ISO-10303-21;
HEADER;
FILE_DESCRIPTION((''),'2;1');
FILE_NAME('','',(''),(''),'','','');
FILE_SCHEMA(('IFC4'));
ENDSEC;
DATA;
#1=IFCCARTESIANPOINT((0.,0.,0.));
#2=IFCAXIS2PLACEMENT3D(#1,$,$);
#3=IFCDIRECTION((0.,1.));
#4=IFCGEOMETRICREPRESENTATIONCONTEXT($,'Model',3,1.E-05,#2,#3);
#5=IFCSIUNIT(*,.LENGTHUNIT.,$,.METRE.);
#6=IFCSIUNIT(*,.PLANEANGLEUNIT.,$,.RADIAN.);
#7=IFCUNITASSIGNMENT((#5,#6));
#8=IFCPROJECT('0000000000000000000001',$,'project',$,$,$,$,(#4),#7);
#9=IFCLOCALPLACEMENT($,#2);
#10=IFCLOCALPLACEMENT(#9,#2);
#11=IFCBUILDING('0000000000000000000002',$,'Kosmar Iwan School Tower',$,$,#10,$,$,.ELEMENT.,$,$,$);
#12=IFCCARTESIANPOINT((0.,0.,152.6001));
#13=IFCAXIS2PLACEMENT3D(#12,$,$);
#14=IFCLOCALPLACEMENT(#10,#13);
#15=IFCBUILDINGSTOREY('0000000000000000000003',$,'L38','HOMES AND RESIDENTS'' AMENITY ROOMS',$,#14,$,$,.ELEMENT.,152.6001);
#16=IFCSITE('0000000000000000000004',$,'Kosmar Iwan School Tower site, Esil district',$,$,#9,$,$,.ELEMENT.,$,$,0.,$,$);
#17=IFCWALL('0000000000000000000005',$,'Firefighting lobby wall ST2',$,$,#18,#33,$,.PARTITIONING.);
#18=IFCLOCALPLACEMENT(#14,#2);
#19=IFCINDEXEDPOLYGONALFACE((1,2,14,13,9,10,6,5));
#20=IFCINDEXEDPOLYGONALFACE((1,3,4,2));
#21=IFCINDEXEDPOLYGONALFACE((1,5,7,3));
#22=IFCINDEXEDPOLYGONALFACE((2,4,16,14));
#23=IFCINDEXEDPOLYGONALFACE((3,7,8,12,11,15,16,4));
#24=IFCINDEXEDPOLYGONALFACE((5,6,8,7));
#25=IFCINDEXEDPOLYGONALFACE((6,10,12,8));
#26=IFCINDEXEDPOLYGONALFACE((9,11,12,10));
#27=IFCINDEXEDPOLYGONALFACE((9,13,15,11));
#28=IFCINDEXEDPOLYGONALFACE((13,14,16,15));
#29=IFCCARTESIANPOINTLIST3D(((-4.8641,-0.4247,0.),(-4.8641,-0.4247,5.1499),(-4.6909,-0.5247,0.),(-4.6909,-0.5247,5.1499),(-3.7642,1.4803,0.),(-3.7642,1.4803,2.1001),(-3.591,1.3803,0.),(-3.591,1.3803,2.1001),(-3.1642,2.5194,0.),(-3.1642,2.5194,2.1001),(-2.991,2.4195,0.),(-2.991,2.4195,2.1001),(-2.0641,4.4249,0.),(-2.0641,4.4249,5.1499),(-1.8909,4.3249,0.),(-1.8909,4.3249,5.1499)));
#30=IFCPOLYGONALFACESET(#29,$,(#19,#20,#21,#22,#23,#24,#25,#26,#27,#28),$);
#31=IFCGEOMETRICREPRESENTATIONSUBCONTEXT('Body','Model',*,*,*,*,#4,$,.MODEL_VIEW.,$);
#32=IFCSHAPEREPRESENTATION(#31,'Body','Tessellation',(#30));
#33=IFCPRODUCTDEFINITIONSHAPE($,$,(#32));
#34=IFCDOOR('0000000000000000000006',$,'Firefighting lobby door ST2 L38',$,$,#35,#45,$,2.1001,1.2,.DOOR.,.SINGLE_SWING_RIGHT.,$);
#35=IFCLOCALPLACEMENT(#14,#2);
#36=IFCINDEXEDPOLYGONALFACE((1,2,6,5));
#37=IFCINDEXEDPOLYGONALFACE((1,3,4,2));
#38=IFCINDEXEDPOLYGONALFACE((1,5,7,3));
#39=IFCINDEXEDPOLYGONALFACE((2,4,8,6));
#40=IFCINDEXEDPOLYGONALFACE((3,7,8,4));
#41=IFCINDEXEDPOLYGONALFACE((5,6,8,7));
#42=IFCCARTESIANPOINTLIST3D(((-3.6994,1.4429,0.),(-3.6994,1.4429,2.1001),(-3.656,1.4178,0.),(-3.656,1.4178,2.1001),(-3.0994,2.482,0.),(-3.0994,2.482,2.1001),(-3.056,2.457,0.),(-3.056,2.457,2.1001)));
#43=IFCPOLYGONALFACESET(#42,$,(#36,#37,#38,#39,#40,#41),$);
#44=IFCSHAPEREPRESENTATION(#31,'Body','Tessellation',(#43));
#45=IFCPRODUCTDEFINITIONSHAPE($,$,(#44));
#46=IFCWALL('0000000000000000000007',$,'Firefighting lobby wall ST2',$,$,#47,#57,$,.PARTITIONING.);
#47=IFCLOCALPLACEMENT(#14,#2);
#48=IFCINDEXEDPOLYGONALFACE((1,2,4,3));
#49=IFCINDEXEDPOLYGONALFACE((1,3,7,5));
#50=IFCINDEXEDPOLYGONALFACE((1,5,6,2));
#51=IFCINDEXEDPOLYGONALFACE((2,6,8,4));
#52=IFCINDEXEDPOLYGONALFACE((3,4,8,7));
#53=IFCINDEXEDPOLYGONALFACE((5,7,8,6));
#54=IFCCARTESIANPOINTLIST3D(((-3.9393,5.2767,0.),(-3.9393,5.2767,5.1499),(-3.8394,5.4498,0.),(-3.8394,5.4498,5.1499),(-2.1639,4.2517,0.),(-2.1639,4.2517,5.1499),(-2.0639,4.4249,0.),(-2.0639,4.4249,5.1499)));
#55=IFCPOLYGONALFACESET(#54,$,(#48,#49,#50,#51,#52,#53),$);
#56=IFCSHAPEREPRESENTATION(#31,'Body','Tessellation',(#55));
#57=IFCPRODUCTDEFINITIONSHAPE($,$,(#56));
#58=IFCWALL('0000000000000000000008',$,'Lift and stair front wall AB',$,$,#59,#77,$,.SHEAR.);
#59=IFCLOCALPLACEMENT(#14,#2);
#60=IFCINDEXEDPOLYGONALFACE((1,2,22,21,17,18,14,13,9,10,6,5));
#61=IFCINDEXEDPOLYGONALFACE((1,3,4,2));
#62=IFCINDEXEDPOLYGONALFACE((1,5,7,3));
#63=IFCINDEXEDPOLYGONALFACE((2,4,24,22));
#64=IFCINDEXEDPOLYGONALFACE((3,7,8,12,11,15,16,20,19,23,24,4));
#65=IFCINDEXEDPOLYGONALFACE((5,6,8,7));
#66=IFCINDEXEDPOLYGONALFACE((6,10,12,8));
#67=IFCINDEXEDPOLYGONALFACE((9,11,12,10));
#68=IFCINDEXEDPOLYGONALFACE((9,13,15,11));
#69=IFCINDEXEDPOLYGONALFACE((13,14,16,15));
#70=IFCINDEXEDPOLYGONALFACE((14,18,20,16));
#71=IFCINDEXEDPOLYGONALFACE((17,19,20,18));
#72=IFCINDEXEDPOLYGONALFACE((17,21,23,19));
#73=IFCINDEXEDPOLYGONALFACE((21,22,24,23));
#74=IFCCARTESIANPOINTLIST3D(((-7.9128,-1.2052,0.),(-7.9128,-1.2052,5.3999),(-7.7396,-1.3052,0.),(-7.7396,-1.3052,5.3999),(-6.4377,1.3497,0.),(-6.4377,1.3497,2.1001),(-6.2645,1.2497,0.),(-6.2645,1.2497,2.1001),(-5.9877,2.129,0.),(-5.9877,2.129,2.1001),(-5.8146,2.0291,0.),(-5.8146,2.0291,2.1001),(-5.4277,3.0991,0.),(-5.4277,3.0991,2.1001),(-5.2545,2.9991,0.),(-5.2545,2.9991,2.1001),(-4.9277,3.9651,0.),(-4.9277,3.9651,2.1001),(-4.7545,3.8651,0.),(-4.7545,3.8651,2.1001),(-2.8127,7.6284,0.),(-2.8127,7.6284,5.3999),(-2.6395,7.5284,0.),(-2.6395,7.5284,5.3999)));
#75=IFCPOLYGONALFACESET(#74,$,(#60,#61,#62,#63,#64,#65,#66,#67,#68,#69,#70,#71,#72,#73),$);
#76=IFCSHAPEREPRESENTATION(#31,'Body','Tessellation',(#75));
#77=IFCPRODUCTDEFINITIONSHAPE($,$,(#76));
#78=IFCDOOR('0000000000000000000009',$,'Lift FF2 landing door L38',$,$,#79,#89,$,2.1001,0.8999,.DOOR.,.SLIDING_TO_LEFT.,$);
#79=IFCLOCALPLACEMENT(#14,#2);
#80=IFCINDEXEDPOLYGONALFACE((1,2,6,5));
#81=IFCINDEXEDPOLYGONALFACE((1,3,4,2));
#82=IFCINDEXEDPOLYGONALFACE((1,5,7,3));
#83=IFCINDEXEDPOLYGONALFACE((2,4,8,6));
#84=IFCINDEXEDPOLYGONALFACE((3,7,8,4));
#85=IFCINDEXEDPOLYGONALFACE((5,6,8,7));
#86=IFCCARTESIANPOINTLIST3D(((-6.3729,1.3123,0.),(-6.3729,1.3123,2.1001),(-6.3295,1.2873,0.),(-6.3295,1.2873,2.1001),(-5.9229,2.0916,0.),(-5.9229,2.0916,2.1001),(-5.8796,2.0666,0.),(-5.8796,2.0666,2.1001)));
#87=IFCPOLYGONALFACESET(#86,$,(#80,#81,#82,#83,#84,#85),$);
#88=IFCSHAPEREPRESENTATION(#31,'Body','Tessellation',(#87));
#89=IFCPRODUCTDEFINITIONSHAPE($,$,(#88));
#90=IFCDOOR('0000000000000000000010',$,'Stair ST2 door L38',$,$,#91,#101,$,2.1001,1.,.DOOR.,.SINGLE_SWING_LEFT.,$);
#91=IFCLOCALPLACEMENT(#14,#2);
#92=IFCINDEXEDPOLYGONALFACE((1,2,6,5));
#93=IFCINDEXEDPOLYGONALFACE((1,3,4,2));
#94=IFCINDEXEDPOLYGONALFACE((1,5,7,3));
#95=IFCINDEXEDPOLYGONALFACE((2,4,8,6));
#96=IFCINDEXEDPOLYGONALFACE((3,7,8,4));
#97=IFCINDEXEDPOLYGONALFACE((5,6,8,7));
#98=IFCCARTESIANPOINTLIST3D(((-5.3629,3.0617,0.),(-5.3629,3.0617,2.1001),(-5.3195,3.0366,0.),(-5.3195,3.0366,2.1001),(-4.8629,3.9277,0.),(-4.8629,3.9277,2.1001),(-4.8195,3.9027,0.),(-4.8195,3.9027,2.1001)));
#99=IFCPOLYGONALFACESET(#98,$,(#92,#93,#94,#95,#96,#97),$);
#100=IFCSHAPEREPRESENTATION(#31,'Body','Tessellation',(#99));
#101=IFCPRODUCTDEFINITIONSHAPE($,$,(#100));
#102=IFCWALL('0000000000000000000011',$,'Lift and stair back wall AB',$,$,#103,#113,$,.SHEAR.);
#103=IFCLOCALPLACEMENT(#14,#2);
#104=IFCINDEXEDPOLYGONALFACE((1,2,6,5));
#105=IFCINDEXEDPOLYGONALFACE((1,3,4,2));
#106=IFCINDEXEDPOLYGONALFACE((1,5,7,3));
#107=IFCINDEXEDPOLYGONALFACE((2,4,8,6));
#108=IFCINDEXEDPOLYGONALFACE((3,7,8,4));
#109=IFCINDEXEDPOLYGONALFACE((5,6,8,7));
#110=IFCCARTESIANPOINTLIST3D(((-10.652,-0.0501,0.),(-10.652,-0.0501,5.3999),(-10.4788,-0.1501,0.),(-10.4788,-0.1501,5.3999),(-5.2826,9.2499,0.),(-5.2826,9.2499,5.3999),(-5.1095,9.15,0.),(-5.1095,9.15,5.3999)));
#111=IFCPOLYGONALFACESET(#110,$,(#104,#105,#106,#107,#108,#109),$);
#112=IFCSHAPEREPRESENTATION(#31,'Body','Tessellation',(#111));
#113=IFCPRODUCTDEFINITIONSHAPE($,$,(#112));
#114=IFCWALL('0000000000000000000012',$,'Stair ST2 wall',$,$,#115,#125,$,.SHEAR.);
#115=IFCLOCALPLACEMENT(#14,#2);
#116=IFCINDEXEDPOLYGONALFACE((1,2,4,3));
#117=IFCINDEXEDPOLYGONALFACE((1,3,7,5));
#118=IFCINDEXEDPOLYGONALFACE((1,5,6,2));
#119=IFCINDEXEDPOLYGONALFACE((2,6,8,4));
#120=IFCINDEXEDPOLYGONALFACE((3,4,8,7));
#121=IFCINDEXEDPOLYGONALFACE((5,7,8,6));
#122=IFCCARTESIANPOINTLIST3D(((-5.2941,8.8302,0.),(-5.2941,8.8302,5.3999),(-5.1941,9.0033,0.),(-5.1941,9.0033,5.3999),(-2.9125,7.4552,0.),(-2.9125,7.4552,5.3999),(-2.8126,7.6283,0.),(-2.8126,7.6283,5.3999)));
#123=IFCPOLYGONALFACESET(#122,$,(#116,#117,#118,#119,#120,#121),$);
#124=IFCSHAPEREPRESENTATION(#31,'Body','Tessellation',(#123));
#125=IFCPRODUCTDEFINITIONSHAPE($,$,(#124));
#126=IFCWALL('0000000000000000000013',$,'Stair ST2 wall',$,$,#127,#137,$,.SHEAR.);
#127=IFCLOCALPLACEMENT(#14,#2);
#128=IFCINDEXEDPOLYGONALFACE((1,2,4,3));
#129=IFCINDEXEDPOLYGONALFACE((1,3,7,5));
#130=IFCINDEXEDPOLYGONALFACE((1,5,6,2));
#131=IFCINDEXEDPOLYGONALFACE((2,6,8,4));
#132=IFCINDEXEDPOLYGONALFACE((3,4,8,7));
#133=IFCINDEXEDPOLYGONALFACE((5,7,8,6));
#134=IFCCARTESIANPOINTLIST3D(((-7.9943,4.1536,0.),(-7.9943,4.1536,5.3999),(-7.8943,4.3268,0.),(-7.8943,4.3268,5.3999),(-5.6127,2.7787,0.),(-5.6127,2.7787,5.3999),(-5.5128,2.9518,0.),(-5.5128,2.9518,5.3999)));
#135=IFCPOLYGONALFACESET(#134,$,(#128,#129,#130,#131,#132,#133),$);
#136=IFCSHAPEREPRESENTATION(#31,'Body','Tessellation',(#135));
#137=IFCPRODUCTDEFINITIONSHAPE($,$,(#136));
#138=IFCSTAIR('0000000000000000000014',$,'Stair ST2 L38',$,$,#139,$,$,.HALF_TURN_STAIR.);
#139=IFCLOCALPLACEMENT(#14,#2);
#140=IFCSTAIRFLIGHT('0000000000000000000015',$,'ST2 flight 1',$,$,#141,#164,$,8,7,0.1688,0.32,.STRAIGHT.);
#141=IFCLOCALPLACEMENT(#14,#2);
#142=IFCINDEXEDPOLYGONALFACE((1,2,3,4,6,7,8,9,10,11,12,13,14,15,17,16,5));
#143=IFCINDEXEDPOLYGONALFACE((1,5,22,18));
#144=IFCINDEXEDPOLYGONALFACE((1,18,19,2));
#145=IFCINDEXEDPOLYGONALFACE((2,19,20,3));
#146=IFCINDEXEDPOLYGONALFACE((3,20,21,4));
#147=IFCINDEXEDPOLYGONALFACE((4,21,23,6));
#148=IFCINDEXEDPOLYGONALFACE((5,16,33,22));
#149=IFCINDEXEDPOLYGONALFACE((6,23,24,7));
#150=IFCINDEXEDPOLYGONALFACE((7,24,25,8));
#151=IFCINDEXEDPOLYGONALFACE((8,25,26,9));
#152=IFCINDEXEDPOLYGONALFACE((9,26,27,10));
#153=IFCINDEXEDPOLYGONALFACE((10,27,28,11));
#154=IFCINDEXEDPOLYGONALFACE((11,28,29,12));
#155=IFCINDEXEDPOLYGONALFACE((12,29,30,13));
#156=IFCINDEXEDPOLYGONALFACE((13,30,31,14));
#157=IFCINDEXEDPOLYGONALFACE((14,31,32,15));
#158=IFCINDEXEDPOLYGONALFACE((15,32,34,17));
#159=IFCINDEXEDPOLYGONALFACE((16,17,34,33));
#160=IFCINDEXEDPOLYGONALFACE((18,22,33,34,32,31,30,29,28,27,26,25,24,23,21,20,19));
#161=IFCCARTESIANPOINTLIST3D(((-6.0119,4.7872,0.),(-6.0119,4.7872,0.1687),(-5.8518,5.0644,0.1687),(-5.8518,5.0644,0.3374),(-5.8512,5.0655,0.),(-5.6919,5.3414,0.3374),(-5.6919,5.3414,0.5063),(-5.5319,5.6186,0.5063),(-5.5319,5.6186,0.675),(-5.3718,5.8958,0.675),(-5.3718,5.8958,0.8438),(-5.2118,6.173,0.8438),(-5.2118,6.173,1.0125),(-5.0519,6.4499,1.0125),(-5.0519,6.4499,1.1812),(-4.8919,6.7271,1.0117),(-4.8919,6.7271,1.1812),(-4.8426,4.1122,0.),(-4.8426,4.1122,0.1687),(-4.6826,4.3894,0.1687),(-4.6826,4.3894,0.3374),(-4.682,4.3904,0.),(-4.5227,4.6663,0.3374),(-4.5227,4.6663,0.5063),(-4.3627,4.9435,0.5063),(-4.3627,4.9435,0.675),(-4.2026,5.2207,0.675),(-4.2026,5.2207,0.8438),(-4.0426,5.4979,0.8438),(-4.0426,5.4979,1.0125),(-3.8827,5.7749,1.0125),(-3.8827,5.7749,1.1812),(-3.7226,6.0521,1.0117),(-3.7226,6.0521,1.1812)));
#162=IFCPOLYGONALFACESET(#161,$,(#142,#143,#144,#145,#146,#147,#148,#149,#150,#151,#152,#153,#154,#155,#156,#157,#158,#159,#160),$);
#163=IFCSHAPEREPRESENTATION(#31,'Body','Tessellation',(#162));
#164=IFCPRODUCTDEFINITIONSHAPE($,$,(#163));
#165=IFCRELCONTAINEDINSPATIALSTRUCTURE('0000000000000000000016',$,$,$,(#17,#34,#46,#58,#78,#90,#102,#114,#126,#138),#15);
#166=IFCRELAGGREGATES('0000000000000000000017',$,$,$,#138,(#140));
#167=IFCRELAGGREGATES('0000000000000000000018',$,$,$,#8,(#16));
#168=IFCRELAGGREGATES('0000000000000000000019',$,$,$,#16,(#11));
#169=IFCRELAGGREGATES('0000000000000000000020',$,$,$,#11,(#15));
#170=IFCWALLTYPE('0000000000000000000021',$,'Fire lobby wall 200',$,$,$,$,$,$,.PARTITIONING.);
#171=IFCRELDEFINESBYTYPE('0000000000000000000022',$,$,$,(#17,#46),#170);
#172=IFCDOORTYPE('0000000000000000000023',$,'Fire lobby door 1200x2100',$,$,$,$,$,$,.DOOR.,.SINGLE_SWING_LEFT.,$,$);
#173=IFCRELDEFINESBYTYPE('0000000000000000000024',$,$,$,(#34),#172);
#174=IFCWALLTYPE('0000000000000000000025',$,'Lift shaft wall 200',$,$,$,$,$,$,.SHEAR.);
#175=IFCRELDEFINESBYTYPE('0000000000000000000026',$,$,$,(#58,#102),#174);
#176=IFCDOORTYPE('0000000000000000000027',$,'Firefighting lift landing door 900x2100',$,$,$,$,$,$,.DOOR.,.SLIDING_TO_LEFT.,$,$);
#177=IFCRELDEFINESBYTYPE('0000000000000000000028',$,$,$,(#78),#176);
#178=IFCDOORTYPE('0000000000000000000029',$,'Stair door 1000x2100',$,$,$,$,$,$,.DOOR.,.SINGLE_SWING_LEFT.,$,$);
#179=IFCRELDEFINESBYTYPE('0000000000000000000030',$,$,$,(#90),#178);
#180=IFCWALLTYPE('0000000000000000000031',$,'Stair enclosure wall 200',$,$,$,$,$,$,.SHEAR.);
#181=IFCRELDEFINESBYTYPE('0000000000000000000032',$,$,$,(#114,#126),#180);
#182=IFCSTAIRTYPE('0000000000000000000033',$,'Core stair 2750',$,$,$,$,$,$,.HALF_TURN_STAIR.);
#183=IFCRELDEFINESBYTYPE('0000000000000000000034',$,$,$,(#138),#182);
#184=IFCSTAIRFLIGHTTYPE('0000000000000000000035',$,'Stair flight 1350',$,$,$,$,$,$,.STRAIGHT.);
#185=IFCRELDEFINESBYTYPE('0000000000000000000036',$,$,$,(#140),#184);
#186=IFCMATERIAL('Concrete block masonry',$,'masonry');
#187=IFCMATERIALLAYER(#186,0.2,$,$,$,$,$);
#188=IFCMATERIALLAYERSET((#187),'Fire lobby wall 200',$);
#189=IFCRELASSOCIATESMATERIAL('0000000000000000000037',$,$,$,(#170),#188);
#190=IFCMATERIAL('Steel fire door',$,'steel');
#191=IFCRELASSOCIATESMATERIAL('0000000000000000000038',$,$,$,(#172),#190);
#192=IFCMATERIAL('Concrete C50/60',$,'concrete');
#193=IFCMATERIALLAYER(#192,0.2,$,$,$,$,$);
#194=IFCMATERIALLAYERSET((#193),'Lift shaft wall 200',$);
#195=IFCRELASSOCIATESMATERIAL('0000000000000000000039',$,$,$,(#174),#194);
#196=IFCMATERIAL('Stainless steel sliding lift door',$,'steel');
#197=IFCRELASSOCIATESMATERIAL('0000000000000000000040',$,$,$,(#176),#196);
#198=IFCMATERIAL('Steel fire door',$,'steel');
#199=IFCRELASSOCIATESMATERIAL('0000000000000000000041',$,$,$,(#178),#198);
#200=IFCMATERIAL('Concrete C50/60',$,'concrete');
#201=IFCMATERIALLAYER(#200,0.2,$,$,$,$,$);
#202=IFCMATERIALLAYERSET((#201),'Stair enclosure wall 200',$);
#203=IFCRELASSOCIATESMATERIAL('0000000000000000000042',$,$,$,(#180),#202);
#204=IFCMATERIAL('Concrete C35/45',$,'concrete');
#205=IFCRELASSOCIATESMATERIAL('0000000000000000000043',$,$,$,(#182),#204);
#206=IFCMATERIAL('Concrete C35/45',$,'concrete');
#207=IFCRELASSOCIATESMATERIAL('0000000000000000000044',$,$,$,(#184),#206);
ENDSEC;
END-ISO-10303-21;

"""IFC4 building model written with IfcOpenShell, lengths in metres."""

from ifc_helpers import new_model, si_unit, direction, frame, frame_2d, origin, place, context, subcontext, project, spatial, polyline, rectangle, outline, extrude, material, layer, layer_set, type_object, element, fill, aggregate, save


model = new_model("IFC4")

# Units and contexts
model_context = context("Model", 3, precision=1e-05, world=origin(), true_north=direction((0.0, 1.0)))
body_context = subcontext(model_context, "Body", "Model", "MODEL_VIEW")
ifc_project = project(units=[si_unit("LENGTHUNIT", "METRE"), si_unit("PLANEANGLEUNIT", "RADIAN")], contexts=[model_context])

# Site, building, storey
site_placement = place(None, origin())
site = spatial("IfcSite", under=ifc_project, at=site_placement, Name="Kosmar Iwan School Tower site, Esil district", CompositionType="ELEMENT", RefElevation=0.0)
building_placement = place(site_placement, origin())
building = spatial("IfcBuilding", under=site, at=building_placement, Name="Kosmar Iwan School Tower", CompositionType="ELEMENT")
storey_placement = place(building_placement, frame((0.0, 0.0, 152.6001)))
storey = spatial("IfcBuildingStorey", under=building, at=storey_placement, Name="L38", Description="HOMES AND RESIDENTS' AMENITY ROOMS", CompositionType="ELEMENT", Elevation=152.6001)

# Wall, opening, door
ifc_material_1 = material(Name="Concrete block masonry", Category="masonry")
ifc_layer_1 = layer(ifc_material_1, 0.2)
ifc_layer_set_1 = layer_set([ifc_layer_1], Name="Fire lobby wall 200")
wall_type_1 = type_object("IfcWallType", Name="Fire lobby wall 200", PredefinedType="PARTITIONING", material=ifc_layer_set_1)
wall_1_placement = place(storey_placement, frame((-1.9775, 4.3748, 0.0), z_axis=(0.0, 0.0, 1.0), x_axis=(-0.500017, -0.866016, 0.0)))
wall_1 = element("IfcWall", 1, at=wall_1_placement, inside=storey, type_object=wall_type_1, Name="Firefighting lobby wall ST2", PredefinedType="PARTITIONING", context=body_context, shape_type="SweptSolid", body=[
    extrude(rectangle(XDim=5.5999, YDim=0.2, at=frame_2d((2.7998, 0.0))), origin(), (0.0, 0.0, 1.0), 5.1499),
])
opening_1_placement = place(wall_1_placement, frame((2.2, 0.0, 0.0)))
opening_1 = element("IfcOpeningElement", 2, at=opening_1_placement, cuts=wall_1, PredefinedType="OPENING", context=body_context, shape_type="SweptSolid", body=[
    extrude(rectangle(XDim=1.2, YDim=2.1001, at=frame_2d((0.6001, 1.05))), frame((0.0, 0.1121, 0.0), z_axis=(0.0, -1.0, 0.0), x_axis=(1.0, 0.0, 0.0)), (0.0, 0.0, 1.0), 0.2239),
])
ifc_material_2 = material(Name="Steel fire door", Category="steel")
door_type_1 = type_object("IfcDoorType", Name="Fire lobby door 1200x2100", OperationType="SINGLE_SWING_LEFT", PredefinedType="DOOR", material=ifc_material_2)
door_1_placement = place(opening_1_placement, origin())
door_1 = element("IfcDoor", 3, at=door_1_placement, inside=storey, type_object=door_type_1, Name="Firefighting lobby door ST2 L38", OperationType="SINGLE_SWING_RIGHT", OverallHeight=2.1001, OverallWidth=1.2, PredefinedType="DOOR", context=body_context, shape_type="SweptSolid", body=[
    extrude(rectangle(XDim=1.2, YDim=2.1001, at=frame_2d((0.6001, 1.05))), frame((0.0, 0.0249, 0.0), z_axis=(0.0, -1.0, 0.0), x_axis=(1.0, 0.0, 0.0)), (0.0, 0.0, 1.0), 0.05),
])
fill(opening_1, door_1)

# Wall
wall_2_placement = place(storey_placement, frame((-2.114, 4.3384, 0.0), z_axis=(0.0, 0.0, 1.0), x_axis=(-0.866051, 0.499956, 0.0)))
element("IfcWall", 4, at=wall_2_placement, inside=storey, type_object=wall_type_1, Name="Firefighting lobby wall ST2", PredefinedType="PARTITIONING", context=body_context, shape_type="SweptSolid", body=[
    extrude(rectangle(XDim=2.05, YDim=0.2, at=frame_2d((1.0249, 0.0))), origin(), (0.0, 0.0, 1.0), 5.1499),
])

# Wall, openings, doors
ifc_material_3 = material(Name="Concrete C50/60", Category="concrete")
ifc_layer_2 = layer(ifc_material_3, 0.2)
ifc_layer_set_2 = layer_set([ifc_layer_2], Name="Lift shaft wall 200")
wall_type_2 = type_object("IfcWallType", Name="Lift shaft wall 200", PredefinedType="SHEAR", material=ifc_layer_set_2)
wall_3_placement = place(storey_placement, frame((-2.7261, 7.5784, 0.0), z_axis=(0.0, 0.0, 1.0), x_axis=(-0.500006, -0.866022, 0.0)))
wall_3 = element("IfcWall", 5, at=wall_3_placement, inside=storey, type_object=wall_type_2, Name="Lift and stair front wall AB", PredefinedType="SHEAR", context=body_context, shape_type="SweptSolid", body=[
    extrude(rectangle(XDim=10.2002, YDim=0.2, at=frame_2d((5.1001, 0.0))), origin(), (0.0, 0.0, 1.0), 5.3999),
])
opening_2_placement = place(wall_3_placement, frame((6.3501, 0.0, 0.0)))
opening_2 = element("IfcOpeningElement", 6, at=opening_2_placement, cuts=wall_3, PredefinedType="OPENING", context=body_context, shape_type="SweptSolid", body=[
    extrude(rectangle(XDim=0.8999, YDim=2.1001, at=frame_2d((0.45, 1.05))), frame((0.0, 0.1121, 0.0), z_axis=(0.0, -1.0, 0.0), x_axis=(1.0, 0.0, 0.0)), (0.0, 0.0, 1.0), 0.2239),
])
opening_3_placement = place(wall_3_placement, frame((4.23, 0.0, 0.0)))
opening_3 = element("IfcOpeningElement", 7, at=opening_3_placement, cuts=wall_3, PredefinedType="OPENING", context=body_context, shape_type="SweptSolid", body=[
    extrude(rectangle(XDim=1.0, YDim=2.1001, at=frame_2d((0.5, 1.05))), frame((0.0, 0.1121, 0.0), z_axis=(0.0, -1.0, 0.0), x_axis=(1.0, 0.0, 0.0)), (0.0, 0.0, 1.0), 0.2239),
])
ifc_material_4 = material(Name="Stainless steel sliding lift door", Category="steel")
door_type_2 = type_object("IfcDoorType", Name="Firefighting lift landing door 900x2100", OperationType="SLIDING_TO_LEFT", PredefinedType="DOOR", material=ifc_material_4)
door_2_placement = place(opening_2_placement, origin())
door_2 = element("IfcDoor", 8, at=door_2_placement, inside=storey, type_object=door_type_2, Name="Lift FF2 landing door L38", OperationType="SLIDING_TO_LEFT", OverallHeight=2.1001, OverallWidth=0.8999, PredefinedType="DOOR", context=body_context, shape_type="SweptSolid", body=[
    extrude(rectangle(XDim=0.8999, YDim=2.1001, at=frame_2d((0.45, 1.05))), frame((0.0, 0.0249, 0.0), z_axis=(0.0, -1.0, 0.0), x_axis=(1.0, 0.0, 0.0)), (0.0, 0.0, 1.0), 0.05),
])
fill(opening_2, door_2)
ifc_material_5 = material(Name="Steel fire door", Category="steel")
door_type_3 = type_object("IfcDoorType", Name="Stair door 1000x2100", OperationType="SINGLE_SWING_LEFT", PredefinedType="DOOR", material=ifc_material_5)
door_3_placement = place(opening_3_placement, origin())
door_3 = element("IfcDoor", 9, at=door_3_placement, inside=storey, type_object=door_type_3, Name="Stair ST2 door L38", OperationType="SINGLE_SWING_LEFT", OverallHeight=2.1001, OverallWidth=1.0, PredefinedType="DOOR", context=body_context, shape_type="SweptSolid", body=[
    extrude(rectangle(XDim=1.0, YDim=2.1001, at=frame_2d((0.5, 1.05))), frame((0.0, 0.0249, 0.0), z_axis=(0.0, -1.0, 0.0), x_axis=(1.0, 0.0, 0.0)), (0.0, 0.0, 1.0), 0.05),
])
fill(opening_3, door_3)

# Walls
wall_4_placement = place(storey_placement, frame((-5.196, 9.2, 0.0), z_axis=(0.0, 0.0, 1.0), x_axis=(-0.5, -0.866025, 0.0)))
element("IfcWall", 10, at=wall_4_placement, inside=storey, type_object=wall_type_2, Name="Lift and stair back wall AB", PredefinedType="SHEAR", context=body_context, shape_type="SweptSolid", body=[
    extrude(rectangle(XDim=10.7388, YDim=0.2, at=frame_2d((5.3694, 0.0))), origin(), (0.0, 0.0, 1.0), 5.3999),
])
ifc_material_6 = material(Name="Concrete C50/60", Category="concrete")
ifc_layer_3 = layer(ifc_material_6, 0.2)
ifc_layer_set_3 = layer_set([ifc_layer_3], Name="Stair enclosure wall 200")
wall_type_3 = type_object("IfcWallType", Name="Stair enclosure wall 200", PredefinedType="SHEAR", material=ifc_layer_set_3)
for number, where, z_axis, x_axis, name in (
    (11, (-2.8625, 7.5417, 0.0), (0.0, 0.0, 1.0), (-0.866027, 0.499997, 0.0), "Stair ST2 wall"),
    (12, (-5.5627, 2.8652, 0.0), (0.0, 0.0, 1.0), (-0.866027, 0.499997, 0.0), "Stair ST2 wall"),
):
    element("IfcWall", number, at=place(storey_placement, frame(where, z_axis=z_axis, x_axis=x_axis)), inside=storey, type_object=wall_type_3, Name=name, PredefinedType="SHEAR", context=body_context, shape_type="SweptSolid", body=[
        extrude(rectangle(XDim=2.75, YDim=0.2, at=frame_2d((1.375, 0.0))), origin(), (0.0, 0.0, 1.0), 5.3999),
    ])

# Stair, stair flight
ifc_material_7 = material(Name="Concrete C35/45", Category="concrete")
stair_type = type_object("IfcStairType", Name="Core stair 2750", PredefinedType="HALF_TURN_STAIR", material=ifc_material_7)
stair_placement = place(storey_placement, origin())
stair = element("IfcStair", 13, at=stair_placement, inside=storey, type_object=stair_type, Name="Stair ST2 L38", PredefinedType="HALF_TURN_STAIR")
ifc_material_8 = material(Name="Concrete C35/45", Category="concrete")
stair_flight_type = type_object("IfcStairFlightType", Name="Stair flight 1350", PredefinedType="STRAIGHT", material=ifc_material_8)
stair_flight_1_placement = place(storey_placement, frame((-5.4272, 4.4497, 0.0), z_axis=(0.0, 0.0, 1.0), x_axis=(0.5, 0.866025, 0.0)))
stair_flight_1 = element("IfcStairFlight", 14, at=stair_flight_1_placement, type_object=stair_flight_type, Name="ST2 flight 1", NumberOfRisers=8, NumberOfTreads=7, PredefinedType="STRAIGHT", RiserHeight=0.1688, TreadLength=0.32, context=body_context, shape_type="SweptSolid", body=[
    extrude(outline(polyline([(0.0, 0.0), (0.0, 0.1687), (0.3201, 0.1687), (0.3201, 0.3374), (0.6399, 0.3374), (0.6399, 0.5063), (0.96, 0.5063), (0.96, 0.675), (1.28, 0.675), (1.28, 0.8438), (1.6001, 0.8438), (1.6001, 1.0125), (1.9199, 1.0125), (1.9199, 1.1812), (2.24, 1.1812), (2.24, 1.3501), (2.24, 1.0117), (0.3213, 0.0), (0.0, 0.0)])), frame((0.0, 0.675, 0.0), z_axis=(0.0, -1.0, 0.0), x_axis=(1.0, 0.0, 0.0)), (0.0, 0.0, 1.0), 1.3501),
])
aggregate(stair, [stair_flight_1])

save(model, "model.ifc")
